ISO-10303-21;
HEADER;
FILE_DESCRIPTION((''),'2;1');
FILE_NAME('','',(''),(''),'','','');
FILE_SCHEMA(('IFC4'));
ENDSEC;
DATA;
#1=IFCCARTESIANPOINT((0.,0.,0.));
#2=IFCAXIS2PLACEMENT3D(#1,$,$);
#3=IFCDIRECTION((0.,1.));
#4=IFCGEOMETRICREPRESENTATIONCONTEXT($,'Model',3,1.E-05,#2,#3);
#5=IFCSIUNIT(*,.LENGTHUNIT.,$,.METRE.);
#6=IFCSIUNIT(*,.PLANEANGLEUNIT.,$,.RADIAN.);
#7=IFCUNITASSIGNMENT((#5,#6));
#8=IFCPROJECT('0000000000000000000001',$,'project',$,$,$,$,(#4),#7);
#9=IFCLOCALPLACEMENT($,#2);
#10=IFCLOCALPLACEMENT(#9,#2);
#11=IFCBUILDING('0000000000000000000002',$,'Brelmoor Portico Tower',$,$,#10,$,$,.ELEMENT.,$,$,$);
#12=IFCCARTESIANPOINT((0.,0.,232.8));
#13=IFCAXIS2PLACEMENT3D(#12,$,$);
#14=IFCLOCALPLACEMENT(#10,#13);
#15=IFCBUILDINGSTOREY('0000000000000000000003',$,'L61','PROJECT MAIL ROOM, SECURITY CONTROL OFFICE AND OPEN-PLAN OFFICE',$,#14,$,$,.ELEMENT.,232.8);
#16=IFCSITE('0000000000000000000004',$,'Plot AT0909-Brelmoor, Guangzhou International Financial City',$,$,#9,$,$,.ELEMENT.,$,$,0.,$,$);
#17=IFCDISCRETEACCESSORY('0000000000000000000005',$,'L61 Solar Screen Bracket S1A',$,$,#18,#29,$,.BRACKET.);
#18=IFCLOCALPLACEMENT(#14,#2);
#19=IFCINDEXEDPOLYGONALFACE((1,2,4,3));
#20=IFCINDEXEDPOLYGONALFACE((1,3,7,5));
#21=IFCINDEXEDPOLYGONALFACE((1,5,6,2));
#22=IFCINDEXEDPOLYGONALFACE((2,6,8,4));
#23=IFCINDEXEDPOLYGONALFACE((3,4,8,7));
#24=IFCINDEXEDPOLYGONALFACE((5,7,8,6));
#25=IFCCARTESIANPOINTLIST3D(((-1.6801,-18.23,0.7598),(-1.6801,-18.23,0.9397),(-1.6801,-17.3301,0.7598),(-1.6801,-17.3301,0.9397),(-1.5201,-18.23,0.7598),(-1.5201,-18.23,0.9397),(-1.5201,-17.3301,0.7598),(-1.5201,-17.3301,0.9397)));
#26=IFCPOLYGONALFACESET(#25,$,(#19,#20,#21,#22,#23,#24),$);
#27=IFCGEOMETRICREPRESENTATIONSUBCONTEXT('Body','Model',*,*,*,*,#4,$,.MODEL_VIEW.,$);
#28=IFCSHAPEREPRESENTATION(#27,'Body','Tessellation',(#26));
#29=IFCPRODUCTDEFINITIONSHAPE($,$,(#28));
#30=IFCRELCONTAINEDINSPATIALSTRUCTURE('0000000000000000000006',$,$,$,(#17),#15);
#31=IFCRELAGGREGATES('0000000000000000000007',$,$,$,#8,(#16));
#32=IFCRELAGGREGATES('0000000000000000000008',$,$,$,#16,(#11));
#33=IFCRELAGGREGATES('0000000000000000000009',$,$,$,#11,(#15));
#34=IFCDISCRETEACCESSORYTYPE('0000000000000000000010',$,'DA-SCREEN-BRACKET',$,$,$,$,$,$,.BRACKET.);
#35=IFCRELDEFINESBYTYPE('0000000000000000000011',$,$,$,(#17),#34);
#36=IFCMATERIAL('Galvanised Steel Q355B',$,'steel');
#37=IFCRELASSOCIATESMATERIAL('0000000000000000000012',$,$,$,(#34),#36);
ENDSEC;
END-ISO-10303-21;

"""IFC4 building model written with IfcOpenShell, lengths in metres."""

from ifc_helpers import new_model, si_unit, direction, frame, origin, origin_2d, place, context, subcontext, project, spatial, rectangle, extrude, material, type_object, element, save


model = new_model("IFC4")

# Units and contexts
model_context = context("Model", 3, precision=1e-05, world=origin(), true_north=direction((0.0, 1.0)))
body_context = subcontext(model_context, "Body", "Model", "MODEL_VIEW")
ifc_project = project(units=[si_unit("LENGTHUNIT", "METRE"), si_unit("PLANEANGLEUNIT", "RADIAN")], contexts=[model_context])

# Site, building, storey
site_placement = place(None, origin())
site = spatial("IfcSite", under=ifc_project, at=site_placement, Name="Plot AT0909-Brelmoor, Guangzhou International Financial City", CompositionType="ELEMENT", RefElevation=0.0)
building_placement = place(site_placement, origin())
building = spatial("IfcBuilding", under=site, at=building_placement, Name="Brelmoor Portico Tower", CompositionType="ELEMENT")
storey_placement = place(building_placement, frame((0.0, 0.0, 232.8)))
storey = spatial("IfcBuildingStorey", under=building, at=storey_placement, Name="L61", Description="PROJECT MAIL ROOM, SECURITY CONTROL OFFICE AND OPEN-PLAN OFFICE", CompositionType="ELEMENT", Elevation=232.8)

# Discrete accessory
ifc_material_1 = material(Name="Galvanised Steel Q355B", Category="steel")
discrete_accessory_type = type_object("IfcDiscreteAccessoryType", Name="DA-SCREEN-BRACKET", PredefinedType="BRACKET", material=ifc_material_1)
discrete_accessory_placement = place(storey_placement, frame((-1.6001, -17.78, 0.7598), z_axis=(0.0, 0.0, 1.0), x_axis=(1.0, 0.0, 0.0)))
element("IfcDiscreteAccessory", 1, at=discrete_accessory_placement, inside=storey, type_object=discrete_accessory_type, Name="L61 Solar Screen Bracket S1A", PredefinedType="BRACKET", context=body_context, shape_type="SweptSolid", body=[
    extrude(rectangle(XDim=0.1599, YDim=0.8999, at=origin_2d()), origin(), (0.0, 0.0, 1.0), 0.1799),
])

save(model, "model.ifc")
